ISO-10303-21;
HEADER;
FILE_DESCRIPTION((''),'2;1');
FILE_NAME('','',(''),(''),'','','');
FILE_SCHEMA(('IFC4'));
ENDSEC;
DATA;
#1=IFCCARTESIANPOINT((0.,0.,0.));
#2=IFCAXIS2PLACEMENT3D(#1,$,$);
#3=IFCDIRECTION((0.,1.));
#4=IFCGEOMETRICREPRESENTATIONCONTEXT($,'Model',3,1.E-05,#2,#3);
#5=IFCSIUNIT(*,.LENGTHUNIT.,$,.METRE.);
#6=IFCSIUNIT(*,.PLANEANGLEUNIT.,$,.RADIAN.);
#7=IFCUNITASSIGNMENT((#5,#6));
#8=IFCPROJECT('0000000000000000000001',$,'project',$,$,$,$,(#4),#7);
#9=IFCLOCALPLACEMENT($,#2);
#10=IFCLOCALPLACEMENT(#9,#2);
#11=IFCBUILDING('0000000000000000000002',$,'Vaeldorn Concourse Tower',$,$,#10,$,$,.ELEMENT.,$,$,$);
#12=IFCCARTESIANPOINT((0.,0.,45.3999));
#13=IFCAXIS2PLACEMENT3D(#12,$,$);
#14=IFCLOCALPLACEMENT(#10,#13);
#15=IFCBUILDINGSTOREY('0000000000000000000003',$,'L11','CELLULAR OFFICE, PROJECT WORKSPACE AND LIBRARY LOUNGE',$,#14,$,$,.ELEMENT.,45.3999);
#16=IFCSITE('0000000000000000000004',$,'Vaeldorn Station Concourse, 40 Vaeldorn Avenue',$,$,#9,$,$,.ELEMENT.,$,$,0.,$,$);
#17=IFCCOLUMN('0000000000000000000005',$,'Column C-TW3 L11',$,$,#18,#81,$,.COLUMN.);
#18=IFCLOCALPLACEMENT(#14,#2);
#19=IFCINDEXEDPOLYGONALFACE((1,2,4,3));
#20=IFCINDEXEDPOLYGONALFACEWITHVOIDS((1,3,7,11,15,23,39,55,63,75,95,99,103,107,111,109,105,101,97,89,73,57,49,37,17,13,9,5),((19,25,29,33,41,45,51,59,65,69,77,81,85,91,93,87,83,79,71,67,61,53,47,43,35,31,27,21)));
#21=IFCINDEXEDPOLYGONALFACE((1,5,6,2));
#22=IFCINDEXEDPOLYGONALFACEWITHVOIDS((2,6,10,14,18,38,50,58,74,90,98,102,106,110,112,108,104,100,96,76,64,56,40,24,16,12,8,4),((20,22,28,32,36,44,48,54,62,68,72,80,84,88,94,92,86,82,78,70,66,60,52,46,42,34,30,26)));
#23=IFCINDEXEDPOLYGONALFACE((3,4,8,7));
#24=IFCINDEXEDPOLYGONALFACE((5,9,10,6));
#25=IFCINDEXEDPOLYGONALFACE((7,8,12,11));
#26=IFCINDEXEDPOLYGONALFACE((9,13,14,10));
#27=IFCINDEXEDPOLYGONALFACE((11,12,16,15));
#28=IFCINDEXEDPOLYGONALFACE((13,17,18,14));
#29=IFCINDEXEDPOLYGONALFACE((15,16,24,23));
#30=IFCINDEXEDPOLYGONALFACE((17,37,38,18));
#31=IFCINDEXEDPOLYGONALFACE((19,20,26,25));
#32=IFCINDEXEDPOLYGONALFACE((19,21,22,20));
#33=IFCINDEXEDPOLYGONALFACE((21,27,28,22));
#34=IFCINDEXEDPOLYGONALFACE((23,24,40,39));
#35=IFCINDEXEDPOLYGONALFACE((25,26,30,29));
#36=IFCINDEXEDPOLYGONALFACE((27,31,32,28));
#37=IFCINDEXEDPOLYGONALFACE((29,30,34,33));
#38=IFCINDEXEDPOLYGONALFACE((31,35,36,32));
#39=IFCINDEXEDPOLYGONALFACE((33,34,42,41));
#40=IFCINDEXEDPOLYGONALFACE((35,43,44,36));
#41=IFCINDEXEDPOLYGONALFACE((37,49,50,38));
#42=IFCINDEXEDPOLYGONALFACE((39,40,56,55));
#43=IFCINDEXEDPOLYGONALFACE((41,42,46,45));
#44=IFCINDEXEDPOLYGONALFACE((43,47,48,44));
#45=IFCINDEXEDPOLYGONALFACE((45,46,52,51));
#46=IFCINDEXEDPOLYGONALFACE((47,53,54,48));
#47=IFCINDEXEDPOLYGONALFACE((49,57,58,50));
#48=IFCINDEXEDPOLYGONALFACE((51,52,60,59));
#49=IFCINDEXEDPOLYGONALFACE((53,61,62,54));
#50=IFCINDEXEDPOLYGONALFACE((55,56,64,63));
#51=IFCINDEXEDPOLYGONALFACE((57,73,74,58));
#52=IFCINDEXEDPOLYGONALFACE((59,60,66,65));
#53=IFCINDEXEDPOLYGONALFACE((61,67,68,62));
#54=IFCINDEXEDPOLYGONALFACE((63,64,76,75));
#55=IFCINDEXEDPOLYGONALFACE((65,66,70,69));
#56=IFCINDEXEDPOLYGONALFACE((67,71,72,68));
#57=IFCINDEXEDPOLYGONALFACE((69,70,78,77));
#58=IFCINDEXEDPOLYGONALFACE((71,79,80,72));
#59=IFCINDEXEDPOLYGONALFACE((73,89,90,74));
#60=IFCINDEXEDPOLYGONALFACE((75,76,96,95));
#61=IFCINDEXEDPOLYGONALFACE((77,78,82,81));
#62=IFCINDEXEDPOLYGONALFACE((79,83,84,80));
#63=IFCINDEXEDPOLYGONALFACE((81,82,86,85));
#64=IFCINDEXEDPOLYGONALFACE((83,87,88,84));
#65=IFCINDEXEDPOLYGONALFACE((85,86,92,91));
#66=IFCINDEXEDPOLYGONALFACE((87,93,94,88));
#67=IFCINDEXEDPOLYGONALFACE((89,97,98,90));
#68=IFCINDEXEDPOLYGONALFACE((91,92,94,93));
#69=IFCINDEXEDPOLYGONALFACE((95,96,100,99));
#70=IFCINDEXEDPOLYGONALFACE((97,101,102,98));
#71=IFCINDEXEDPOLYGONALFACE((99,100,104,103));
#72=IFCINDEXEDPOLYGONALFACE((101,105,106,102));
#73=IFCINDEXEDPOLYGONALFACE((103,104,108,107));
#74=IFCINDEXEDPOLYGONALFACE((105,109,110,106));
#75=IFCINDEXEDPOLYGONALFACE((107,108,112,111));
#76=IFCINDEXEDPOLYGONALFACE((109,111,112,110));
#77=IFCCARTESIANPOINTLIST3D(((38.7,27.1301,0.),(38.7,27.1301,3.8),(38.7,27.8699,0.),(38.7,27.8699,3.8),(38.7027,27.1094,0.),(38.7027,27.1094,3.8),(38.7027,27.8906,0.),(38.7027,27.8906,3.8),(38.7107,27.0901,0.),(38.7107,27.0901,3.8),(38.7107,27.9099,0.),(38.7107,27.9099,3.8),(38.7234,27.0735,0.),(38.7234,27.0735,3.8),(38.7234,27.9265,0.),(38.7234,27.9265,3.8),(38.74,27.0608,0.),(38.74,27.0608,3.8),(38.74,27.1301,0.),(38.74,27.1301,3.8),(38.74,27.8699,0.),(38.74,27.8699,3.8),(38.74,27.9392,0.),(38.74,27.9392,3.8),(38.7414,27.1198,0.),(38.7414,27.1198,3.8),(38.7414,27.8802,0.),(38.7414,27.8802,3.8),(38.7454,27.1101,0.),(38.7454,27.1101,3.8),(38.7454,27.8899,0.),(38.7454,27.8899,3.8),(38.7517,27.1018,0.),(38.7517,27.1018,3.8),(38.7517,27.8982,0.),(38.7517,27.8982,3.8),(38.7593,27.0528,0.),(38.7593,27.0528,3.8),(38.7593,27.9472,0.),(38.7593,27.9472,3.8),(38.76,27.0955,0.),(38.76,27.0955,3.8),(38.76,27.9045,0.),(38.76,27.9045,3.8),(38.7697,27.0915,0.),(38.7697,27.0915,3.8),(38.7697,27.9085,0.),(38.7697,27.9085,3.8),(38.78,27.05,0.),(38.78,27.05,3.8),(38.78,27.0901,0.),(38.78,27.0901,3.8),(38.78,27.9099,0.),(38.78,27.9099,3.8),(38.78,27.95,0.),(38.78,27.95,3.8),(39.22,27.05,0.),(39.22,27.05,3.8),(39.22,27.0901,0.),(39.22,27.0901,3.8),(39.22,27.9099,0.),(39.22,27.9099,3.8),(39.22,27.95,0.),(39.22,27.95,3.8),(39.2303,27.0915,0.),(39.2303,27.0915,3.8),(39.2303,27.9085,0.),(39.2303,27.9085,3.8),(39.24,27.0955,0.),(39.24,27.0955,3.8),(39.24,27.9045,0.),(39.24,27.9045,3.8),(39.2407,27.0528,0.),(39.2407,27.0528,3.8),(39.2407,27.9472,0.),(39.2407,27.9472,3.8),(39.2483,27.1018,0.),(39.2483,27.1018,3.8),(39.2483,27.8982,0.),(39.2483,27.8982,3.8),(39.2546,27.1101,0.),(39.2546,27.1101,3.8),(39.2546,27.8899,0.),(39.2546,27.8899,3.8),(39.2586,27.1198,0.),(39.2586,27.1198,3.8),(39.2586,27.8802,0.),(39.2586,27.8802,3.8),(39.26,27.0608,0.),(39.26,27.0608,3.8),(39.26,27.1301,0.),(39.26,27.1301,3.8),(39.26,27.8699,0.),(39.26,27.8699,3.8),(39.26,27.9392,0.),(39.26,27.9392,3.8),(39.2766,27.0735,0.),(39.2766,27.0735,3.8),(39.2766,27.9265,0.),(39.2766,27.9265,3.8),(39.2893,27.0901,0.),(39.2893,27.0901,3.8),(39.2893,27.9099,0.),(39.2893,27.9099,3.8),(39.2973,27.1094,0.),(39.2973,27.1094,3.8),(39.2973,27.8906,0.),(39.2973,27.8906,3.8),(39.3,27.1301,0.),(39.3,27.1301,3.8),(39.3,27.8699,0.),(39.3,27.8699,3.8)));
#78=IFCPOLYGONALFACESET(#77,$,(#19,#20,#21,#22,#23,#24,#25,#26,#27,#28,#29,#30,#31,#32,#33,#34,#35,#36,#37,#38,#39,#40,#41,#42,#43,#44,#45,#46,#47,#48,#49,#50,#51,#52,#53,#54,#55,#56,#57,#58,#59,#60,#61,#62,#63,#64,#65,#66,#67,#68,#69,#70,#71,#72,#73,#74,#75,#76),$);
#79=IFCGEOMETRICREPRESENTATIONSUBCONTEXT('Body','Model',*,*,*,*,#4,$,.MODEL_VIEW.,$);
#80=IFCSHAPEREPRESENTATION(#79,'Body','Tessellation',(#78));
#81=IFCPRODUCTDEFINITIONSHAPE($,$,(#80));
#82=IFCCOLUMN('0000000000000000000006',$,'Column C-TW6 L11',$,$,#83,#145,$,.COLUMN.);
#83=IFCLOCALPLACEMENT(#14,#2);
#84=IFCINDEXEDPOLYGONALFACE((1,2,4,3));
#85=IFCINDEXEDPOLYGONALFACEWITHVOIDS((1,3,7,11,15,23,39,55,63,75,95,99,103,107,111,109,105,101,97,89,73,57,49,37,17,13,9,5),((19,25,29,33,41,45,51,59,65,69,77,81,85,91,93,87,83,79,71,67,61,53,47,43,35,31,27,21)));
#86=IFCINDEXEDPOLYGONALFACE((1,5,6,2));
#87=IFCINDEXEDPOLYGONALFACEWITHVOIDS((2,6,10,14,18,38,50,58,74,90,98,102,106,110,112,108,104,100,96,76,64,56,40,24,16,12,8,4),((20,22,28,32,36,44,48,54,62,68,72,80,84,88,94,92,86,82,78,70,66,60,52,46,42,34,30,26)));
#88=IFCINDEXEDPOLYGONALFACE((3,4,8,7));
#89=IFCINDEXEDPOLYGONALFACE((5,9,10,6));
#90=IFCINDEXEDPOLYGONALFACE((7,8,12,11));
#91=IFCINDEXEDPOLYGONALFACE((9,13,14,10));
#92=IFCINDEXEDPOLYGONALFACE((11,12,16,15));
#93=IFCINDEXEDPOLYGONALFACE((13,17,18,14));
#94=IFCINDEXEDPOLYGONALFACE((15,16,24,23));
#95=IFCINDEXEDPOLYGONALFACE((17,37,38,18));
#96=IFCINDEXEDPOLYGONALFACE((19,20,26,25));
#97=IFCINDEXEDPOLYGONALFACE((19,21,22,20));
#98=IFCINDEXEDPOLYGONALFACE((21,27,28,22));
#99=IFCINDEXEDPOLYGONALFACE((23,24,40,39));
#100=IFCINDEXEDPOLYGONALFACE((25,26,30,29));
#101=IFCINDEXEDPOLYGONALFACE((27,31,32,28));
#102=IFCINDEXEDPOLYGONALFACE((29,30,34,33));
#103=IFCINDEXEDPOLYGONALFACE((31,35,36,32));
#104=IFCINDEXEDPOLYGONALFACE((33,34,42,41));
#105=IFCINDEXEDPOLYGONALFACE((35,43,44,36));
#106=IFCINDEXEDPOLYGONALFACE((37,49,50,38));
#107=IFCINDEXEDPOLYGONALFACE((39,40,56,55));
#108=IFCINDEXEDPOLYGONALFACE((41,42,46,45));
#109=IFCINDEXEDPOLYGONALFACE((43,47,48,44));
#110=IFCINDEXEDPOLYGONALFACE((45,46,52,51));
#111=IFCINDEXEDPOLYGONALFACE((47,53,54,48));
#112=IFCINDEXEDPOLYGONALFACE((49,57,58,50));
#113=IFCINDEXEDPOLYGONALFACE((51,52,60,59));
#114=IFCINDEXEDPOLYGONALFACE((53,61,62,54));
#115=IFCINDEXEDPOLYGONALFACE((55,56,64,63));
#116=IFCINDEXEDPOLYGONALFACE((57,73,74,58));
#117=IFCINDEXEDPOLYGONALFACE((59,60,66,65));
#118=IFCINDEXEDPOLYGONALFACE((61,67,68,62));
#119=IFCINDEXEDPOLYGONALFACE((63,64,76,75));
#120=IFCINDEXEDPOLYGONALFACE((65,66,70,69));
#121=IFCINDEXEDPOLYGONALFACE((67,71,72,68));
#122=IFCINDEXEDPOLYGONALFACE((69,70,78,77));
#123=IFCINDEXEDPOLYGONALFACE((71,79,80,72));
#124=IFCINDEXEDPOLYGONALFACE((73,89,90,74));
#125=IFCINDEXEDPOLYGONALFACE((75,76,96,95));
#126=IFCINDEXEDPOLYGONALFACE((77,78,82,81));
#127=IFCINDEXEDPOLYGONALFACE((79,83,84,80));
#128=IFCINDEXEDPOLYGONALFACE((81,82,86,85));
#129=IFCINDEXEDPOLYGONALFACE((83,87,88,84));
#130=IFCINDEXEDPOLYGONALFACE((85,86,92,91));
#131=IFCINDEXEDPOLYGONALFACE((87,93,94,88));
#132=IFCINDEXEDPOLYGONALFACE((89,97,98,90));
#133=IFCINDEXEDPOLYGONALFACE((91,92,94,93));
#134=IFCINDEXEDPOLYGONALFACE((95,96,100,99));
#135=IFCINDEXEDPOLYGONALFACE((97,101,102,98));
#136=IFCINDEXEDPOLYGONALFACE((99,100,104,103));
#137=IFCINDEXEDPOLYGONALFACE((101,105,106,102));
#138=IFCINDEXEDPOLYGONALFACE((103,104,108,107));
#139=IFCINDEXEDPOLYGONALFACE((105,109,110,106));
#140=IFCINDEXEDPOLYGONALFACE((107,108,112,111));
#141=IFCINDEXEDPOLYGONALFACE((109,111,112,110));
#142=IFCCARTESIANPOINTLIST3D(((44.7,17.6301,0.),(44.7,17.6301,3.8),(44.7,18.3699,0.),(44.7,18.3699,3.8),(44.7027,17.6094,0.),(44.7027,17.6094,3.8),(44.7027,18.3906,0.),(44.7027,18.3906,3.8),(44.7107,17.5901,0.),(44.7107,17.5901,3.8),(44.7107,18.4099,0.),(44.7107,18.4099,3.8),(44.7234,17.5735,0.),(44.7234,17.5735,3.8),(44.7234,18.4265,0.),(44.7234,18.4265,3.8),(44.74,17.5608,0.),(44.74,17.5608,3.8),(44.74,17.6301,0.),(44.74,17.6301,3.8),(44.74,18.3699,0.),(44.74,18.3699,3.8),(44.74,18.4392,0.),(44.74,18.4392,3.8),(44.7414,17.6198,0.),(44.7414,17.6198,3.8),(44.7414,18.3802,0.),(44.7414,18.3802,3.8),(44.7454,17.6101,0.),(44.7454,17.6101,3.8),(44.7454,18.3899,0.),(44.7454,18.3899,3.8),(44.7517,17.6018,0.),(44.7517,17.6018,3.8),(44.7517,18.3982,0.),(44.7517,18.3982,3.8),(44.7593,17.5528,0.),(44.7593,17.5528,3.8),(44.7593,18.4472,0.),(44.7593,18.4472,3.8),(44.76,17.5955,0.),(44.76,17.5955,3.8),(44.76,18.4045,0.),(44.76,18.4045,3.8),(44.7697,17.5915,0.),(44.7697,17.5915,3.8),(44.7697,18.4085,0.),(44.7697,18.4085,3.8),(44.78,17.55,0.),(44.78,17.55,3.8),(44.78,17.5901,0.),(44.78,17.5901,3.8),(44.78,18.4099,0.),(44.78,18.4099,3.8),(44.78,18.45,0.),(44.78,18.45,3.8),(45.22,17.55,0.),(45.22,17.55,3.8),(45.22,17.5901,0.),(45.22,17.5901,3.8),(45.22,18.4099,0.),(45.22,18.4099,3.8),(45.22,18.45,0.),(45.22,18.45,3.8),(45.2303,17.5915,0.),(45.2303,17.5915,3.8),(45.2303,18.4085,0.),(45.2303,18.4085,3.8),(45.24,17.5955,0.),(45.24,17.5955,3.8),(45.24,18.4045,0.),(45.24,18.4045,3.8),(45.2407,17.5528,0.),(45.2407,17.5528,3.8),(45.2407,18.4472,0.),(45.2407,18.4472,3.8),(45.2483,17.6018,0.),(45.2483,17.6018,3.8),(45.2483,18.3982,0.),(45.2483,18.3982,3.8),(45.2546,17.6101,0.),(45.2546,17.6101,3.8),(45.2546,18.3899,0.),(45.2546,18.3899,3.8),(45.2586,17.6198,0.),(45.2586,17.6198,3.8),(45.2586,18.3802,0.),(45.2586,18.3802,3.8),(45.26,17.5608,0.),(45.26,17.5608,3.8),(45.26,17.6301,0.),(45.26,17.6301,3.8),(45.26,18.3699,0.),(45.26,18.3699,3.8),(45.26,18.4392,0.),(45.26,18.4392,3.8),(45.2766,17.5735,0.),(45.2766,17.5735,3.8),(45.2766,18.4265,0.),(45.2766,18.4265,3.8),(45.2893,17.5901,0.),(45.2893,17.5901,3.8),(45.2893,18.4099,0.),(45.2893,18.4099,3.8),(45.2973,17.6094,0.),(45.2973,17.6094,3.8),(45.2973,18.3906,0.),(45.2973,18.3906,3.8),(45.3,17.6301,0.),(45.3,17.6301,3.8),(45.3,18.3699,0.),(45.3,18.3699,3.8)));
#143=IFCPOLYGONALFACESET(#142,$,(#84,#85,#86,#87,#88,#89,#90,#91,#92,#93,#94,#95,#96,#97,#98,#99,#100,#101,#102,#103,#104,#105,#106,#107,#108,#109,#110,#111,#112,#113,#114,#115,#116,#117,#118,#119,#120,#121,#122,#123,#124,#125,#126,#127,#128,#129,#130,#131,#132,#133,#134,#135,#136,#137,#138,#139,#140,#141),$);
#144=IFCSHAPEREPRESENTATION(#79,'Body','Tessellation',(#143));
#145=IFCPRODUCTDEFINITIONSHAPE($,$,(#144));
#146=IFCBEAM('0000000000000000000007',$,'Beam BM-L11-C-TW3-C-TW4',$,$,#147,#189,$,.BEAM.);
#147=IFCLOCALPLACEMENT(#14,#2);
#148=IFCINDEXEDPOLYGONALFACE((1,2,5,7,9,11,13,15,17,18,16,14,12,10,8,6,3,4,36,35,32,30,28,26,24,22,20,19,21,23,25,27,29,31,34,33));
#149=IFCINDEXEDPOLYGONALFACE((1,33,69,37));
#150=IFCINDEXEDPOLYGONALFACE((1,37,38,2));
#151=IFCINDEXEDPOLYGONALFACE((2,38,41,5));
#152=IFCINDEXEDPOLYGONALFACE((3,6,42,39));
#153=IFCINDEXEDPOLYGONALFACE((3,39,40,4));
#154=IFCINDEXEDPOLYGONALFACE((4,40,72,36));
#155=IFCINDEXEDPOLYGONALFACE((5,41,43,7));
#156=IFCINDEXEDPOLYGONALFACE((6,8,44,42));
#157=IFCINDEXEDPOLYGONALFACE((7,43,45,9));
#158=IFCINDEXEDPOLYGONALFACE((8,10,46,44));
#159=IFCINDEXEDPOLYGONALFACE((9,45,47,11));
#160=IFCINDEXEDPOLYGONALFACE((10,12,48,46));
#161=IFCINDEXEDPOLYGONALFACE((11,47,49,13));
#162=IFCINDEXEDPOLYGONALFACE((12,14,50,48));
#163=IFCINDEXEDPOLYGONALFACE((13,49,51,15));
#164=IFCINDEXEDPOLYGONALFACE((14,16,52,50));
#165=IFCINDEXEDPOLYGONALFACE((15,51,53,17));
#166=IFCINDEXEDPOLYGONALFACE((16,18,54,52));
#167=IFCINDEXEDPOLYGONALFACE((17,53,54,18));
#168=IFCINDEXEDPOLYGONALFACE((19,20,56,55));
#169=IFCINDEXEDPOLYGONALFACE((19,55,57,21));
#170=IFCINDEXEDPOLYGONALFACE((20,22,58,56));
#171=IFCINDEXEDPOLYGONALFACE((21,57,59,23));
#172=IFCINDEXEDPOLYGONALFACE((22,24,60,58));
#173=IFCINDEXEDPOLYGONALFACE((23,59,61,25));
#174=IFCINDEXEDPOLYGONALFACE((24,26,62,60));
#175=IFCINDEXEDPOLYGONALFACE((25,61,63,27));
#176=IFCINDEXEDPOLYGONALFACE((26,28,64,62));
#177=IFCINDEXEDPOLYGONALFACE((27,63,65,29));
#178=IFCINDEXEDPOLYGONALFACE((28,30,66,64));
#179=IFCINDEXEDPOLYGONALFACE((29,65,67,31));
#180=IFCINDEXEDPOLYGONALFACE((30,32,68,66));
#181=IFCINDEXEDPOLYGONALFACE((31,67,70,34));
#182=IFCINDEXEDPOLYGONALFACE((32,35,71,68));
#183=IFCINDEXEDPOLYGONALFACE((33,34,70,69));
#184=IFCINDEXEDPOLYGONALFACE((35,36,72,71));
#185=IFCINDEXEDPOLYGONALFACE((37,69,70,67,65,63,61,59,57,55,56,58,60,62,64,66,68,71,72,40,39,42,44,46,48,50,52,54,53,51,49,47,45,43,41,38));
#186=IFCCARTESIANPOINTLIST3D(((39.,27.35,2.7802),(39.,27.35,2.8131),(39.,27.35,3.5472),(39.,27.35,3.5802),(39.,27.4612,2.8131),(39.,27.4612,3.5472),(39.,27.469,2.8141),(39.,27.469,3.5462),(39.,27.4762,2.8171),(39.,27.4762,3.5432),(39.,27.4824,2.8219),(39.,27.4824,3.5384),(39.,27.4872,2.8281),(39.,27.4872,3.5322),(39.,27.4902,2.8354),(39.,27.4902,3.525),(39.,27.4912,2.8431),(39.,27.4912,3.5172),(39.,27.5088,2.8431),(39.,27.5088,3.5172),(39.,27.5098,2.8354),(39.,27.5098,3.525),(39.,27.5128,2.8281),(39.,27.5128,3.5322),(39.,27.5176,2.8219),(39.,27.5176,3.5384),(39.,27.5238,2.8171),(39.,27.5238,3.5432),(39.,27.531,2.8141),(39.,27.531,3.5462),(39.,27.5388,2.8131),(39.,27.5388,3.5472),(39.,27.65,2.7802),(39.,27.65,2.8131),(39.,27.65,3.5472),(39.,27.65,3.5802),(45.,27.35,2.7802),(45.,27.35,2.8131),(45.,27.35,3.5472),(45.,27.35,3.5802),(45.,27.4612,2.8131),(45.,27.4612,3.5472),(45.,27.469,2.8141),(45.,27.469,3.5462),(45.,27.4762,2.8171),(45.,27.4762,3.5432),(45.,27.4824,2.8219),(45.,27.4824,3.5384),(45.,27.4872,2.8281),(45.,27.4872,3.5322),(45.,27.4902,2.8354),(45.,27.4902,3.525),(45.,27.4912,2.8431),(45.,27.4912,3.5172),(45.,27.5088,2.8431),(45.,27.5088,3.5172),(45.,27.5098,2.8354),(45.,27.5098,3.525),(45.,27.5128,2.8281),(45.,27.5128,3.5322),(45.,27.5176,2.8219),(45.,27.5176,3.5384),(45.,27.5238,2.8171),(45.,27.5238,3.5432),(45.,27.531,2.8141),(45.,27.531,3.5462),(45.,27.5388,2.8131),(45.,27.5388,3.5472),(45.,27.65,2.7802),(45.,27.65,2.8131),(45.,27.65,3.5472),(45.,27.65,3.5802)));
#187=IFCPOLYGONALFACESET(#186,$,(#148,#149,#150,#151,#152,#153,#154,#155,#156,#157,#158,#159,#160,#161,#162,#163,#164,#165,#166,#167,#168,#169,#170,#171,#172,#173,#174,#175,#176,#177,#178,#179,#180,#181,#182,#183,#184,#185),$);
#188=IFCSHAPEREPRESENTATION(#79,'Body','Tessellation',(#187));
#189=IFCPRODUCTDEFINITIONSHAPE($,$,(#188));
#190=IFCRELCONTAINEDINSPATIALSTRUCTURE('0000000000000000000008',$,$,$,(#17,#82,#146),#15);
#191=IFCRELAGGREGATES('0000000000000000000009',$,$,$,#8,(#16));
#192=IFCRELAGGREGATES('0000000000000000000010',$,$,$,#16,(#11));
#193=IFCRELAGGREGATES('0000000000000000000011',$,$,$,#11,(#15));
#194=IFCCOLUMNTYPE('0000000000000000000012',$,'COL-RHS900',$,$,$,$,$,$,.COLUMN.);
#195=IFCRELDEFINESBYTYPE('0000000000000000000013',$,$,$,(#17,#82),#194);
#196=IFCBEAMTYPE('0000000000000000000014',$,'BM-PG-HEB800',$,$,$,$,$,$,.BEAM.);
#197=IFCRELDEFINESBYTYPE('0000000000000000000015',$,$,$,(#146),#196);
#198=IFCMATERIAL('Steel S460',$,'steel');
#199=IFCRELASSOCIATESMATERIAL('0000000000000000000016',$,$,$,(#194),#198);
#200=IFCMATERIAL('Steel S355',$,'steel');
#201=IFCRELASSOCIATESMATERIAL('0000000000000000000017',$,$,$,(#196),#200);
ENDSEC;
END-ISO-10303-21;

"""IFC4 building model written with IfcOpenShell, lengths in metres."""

from ifc_helpers import new_model, si_unit, direction, frame, origin, origin_2d, place, context, subcontext, project, spatial, hollow_rectangle, i_section, extrude, source, transform, mapped, material, material_profile, profile_set, type_object, element, save


model = new_model("IFC4")

# Units and contexts
model_context = context("Model", 3, precision=1e-05, world=origin(), true_north=direction((0.0, 1.0)))
body_context = subcontext(model_context, "Body", "Model", "MODEL_VIEW")
ifc_project = project(units=[si_unit("LENGTHUNIT", "METRE"), si_unit("PLANEANGLEUNIT", "RADIAN")], contexts=[model_context])

# Site, building, storey
site_placement = place(None, origin())
site = spatial("IfcSite", under=ifc_project, at=site_placement, Name="Vaeldorn Station Concourse, 40 Vaeldorn Avenue", CompositionType="ELEMENT", RefElevation=0.0)
building_placement = place(site_placement, origin())
building = spatial("IfcBuilding", under=site, at=building_placement, Name="Vaeldorn Concourse Tower", CompositionType="ELEMENT")
storey_placement = place(building_placement, frame((0.0, 0.0, 45.3999)))
storey = spatial("IfcBuildingStorey", under=building, at=storey_placement, Name="L11", Description="CELLULAR OFFICE, PROJECT WORKSPACE AND LIBRARY LOUNGE", CompositionType="ELEMENT", Elevation=45.3999)

# Columns
ifc_material_1 = material(Name="Steel S460", Category="steel")
ifc_material_profile_1 = material_profile(ifc_material_1, hollow_rectangle(XDim=0.6001, YDim=0.8999, WallThickness=0.04, InnerFilletRadius=0.04, OuterFilletRadius=0.0801, at=origin_2d()), Name="RHS 900x600x40")
ifc_profile_set_1 = profile_set([ifc_material_profile_1], Name="Steel S460")
column_type_1 = type_object("IfcColumnType", Name="COL-RHS900", PredefinedType="COLUMN", material=ifc_profile_set_1)
shared_shape_1 = source(origin(), body_context, "Body", "SweptSolid", [
    extrude(hollow_rectangle(XDim=0.6001, YDim=0.8999, WallThickness=0.04, InnerFilletRadius=0.04, OuterFilletRadius=0.0801, at=origin_2d()), origin(), (0.0, 0.0, 1.0), 3.8),
])
for number, where, z_axis, x_axis, name in (
    (1, (39.0, 27.5, 0.0), (0.0, 0.0, 1.0), (1.0, 0.0, 0.0), "Column C-TW3 L11"),
    (2, (45.0, 18.0, 0.0), (0.0, 0.0, 1.0), (1.0, 0.0, 0.0), "Column C-TW6 L11"),
):
    element("IfcColumn", number, at=place(storey_placement, frame(where, z_axis=z_axis, x_axis=x_axis)), inside=storey, type_object=column_type_1, Name=name, PredefinedType="COLUMN", context=body_context, shape_type="MappedRepresentation", body=[
        mapped(shared_shape_1, transform((0.0, 0.0, 0.0), scale=1.0)),
    ])

# Beam
ifc_material_2 = material(Name="Steel S355", Category="steel")
ifc_material_profile_2 = material_profile(ifc_material_2, i_section(OverallWidth=0.3, OverallDepth=0.8, WebThickness=0.0176, FlangeThickness=0.033, FilletRadius=0.03, at=origin_2d()), Name="HEB 800")
ifc_profile_set_2 = profile_set([ifc_material_profile_2], Name="Steel S355")
beam_type_1 = type_object("IfcBeamType", Name="BM-PG-HEB800", PredefinedType="BEAM", material=ifc_profile_set_2)
shared_shape_2 = source(origin(), body_context, "Body", "SweptSolid", [
    extrude(i_section(OverallWidth=0.3, OverallDepth=0.8, WebThickness=0.0176, FlangeThickness=0.033, FilletRadius=0.03, at=origin_2d()), origin(), (0.0, 0.0, 1.0), 6.0),
])
beam_1_placement = place(storey_placement, frame((39.0, 27.5, 3.1802), z_axis=(1.0, 0.0, 0.0), x_axis=(0.0, 1.0, 0.0)))
element("IfcBeam", 3, at=beam_1_placement, inside=storey, type_object=beam_type_1, Name="Beam BM-L11-C-TW3-C-TW4", PredefinedType="BEAM", context=body_context, shape_type="MappedRepresentation", body=[
    mapped(shared_shape_2, transform((0.0, 0.0, 0.0), scale=1.0)),
])

save(model, "model.ifc")
